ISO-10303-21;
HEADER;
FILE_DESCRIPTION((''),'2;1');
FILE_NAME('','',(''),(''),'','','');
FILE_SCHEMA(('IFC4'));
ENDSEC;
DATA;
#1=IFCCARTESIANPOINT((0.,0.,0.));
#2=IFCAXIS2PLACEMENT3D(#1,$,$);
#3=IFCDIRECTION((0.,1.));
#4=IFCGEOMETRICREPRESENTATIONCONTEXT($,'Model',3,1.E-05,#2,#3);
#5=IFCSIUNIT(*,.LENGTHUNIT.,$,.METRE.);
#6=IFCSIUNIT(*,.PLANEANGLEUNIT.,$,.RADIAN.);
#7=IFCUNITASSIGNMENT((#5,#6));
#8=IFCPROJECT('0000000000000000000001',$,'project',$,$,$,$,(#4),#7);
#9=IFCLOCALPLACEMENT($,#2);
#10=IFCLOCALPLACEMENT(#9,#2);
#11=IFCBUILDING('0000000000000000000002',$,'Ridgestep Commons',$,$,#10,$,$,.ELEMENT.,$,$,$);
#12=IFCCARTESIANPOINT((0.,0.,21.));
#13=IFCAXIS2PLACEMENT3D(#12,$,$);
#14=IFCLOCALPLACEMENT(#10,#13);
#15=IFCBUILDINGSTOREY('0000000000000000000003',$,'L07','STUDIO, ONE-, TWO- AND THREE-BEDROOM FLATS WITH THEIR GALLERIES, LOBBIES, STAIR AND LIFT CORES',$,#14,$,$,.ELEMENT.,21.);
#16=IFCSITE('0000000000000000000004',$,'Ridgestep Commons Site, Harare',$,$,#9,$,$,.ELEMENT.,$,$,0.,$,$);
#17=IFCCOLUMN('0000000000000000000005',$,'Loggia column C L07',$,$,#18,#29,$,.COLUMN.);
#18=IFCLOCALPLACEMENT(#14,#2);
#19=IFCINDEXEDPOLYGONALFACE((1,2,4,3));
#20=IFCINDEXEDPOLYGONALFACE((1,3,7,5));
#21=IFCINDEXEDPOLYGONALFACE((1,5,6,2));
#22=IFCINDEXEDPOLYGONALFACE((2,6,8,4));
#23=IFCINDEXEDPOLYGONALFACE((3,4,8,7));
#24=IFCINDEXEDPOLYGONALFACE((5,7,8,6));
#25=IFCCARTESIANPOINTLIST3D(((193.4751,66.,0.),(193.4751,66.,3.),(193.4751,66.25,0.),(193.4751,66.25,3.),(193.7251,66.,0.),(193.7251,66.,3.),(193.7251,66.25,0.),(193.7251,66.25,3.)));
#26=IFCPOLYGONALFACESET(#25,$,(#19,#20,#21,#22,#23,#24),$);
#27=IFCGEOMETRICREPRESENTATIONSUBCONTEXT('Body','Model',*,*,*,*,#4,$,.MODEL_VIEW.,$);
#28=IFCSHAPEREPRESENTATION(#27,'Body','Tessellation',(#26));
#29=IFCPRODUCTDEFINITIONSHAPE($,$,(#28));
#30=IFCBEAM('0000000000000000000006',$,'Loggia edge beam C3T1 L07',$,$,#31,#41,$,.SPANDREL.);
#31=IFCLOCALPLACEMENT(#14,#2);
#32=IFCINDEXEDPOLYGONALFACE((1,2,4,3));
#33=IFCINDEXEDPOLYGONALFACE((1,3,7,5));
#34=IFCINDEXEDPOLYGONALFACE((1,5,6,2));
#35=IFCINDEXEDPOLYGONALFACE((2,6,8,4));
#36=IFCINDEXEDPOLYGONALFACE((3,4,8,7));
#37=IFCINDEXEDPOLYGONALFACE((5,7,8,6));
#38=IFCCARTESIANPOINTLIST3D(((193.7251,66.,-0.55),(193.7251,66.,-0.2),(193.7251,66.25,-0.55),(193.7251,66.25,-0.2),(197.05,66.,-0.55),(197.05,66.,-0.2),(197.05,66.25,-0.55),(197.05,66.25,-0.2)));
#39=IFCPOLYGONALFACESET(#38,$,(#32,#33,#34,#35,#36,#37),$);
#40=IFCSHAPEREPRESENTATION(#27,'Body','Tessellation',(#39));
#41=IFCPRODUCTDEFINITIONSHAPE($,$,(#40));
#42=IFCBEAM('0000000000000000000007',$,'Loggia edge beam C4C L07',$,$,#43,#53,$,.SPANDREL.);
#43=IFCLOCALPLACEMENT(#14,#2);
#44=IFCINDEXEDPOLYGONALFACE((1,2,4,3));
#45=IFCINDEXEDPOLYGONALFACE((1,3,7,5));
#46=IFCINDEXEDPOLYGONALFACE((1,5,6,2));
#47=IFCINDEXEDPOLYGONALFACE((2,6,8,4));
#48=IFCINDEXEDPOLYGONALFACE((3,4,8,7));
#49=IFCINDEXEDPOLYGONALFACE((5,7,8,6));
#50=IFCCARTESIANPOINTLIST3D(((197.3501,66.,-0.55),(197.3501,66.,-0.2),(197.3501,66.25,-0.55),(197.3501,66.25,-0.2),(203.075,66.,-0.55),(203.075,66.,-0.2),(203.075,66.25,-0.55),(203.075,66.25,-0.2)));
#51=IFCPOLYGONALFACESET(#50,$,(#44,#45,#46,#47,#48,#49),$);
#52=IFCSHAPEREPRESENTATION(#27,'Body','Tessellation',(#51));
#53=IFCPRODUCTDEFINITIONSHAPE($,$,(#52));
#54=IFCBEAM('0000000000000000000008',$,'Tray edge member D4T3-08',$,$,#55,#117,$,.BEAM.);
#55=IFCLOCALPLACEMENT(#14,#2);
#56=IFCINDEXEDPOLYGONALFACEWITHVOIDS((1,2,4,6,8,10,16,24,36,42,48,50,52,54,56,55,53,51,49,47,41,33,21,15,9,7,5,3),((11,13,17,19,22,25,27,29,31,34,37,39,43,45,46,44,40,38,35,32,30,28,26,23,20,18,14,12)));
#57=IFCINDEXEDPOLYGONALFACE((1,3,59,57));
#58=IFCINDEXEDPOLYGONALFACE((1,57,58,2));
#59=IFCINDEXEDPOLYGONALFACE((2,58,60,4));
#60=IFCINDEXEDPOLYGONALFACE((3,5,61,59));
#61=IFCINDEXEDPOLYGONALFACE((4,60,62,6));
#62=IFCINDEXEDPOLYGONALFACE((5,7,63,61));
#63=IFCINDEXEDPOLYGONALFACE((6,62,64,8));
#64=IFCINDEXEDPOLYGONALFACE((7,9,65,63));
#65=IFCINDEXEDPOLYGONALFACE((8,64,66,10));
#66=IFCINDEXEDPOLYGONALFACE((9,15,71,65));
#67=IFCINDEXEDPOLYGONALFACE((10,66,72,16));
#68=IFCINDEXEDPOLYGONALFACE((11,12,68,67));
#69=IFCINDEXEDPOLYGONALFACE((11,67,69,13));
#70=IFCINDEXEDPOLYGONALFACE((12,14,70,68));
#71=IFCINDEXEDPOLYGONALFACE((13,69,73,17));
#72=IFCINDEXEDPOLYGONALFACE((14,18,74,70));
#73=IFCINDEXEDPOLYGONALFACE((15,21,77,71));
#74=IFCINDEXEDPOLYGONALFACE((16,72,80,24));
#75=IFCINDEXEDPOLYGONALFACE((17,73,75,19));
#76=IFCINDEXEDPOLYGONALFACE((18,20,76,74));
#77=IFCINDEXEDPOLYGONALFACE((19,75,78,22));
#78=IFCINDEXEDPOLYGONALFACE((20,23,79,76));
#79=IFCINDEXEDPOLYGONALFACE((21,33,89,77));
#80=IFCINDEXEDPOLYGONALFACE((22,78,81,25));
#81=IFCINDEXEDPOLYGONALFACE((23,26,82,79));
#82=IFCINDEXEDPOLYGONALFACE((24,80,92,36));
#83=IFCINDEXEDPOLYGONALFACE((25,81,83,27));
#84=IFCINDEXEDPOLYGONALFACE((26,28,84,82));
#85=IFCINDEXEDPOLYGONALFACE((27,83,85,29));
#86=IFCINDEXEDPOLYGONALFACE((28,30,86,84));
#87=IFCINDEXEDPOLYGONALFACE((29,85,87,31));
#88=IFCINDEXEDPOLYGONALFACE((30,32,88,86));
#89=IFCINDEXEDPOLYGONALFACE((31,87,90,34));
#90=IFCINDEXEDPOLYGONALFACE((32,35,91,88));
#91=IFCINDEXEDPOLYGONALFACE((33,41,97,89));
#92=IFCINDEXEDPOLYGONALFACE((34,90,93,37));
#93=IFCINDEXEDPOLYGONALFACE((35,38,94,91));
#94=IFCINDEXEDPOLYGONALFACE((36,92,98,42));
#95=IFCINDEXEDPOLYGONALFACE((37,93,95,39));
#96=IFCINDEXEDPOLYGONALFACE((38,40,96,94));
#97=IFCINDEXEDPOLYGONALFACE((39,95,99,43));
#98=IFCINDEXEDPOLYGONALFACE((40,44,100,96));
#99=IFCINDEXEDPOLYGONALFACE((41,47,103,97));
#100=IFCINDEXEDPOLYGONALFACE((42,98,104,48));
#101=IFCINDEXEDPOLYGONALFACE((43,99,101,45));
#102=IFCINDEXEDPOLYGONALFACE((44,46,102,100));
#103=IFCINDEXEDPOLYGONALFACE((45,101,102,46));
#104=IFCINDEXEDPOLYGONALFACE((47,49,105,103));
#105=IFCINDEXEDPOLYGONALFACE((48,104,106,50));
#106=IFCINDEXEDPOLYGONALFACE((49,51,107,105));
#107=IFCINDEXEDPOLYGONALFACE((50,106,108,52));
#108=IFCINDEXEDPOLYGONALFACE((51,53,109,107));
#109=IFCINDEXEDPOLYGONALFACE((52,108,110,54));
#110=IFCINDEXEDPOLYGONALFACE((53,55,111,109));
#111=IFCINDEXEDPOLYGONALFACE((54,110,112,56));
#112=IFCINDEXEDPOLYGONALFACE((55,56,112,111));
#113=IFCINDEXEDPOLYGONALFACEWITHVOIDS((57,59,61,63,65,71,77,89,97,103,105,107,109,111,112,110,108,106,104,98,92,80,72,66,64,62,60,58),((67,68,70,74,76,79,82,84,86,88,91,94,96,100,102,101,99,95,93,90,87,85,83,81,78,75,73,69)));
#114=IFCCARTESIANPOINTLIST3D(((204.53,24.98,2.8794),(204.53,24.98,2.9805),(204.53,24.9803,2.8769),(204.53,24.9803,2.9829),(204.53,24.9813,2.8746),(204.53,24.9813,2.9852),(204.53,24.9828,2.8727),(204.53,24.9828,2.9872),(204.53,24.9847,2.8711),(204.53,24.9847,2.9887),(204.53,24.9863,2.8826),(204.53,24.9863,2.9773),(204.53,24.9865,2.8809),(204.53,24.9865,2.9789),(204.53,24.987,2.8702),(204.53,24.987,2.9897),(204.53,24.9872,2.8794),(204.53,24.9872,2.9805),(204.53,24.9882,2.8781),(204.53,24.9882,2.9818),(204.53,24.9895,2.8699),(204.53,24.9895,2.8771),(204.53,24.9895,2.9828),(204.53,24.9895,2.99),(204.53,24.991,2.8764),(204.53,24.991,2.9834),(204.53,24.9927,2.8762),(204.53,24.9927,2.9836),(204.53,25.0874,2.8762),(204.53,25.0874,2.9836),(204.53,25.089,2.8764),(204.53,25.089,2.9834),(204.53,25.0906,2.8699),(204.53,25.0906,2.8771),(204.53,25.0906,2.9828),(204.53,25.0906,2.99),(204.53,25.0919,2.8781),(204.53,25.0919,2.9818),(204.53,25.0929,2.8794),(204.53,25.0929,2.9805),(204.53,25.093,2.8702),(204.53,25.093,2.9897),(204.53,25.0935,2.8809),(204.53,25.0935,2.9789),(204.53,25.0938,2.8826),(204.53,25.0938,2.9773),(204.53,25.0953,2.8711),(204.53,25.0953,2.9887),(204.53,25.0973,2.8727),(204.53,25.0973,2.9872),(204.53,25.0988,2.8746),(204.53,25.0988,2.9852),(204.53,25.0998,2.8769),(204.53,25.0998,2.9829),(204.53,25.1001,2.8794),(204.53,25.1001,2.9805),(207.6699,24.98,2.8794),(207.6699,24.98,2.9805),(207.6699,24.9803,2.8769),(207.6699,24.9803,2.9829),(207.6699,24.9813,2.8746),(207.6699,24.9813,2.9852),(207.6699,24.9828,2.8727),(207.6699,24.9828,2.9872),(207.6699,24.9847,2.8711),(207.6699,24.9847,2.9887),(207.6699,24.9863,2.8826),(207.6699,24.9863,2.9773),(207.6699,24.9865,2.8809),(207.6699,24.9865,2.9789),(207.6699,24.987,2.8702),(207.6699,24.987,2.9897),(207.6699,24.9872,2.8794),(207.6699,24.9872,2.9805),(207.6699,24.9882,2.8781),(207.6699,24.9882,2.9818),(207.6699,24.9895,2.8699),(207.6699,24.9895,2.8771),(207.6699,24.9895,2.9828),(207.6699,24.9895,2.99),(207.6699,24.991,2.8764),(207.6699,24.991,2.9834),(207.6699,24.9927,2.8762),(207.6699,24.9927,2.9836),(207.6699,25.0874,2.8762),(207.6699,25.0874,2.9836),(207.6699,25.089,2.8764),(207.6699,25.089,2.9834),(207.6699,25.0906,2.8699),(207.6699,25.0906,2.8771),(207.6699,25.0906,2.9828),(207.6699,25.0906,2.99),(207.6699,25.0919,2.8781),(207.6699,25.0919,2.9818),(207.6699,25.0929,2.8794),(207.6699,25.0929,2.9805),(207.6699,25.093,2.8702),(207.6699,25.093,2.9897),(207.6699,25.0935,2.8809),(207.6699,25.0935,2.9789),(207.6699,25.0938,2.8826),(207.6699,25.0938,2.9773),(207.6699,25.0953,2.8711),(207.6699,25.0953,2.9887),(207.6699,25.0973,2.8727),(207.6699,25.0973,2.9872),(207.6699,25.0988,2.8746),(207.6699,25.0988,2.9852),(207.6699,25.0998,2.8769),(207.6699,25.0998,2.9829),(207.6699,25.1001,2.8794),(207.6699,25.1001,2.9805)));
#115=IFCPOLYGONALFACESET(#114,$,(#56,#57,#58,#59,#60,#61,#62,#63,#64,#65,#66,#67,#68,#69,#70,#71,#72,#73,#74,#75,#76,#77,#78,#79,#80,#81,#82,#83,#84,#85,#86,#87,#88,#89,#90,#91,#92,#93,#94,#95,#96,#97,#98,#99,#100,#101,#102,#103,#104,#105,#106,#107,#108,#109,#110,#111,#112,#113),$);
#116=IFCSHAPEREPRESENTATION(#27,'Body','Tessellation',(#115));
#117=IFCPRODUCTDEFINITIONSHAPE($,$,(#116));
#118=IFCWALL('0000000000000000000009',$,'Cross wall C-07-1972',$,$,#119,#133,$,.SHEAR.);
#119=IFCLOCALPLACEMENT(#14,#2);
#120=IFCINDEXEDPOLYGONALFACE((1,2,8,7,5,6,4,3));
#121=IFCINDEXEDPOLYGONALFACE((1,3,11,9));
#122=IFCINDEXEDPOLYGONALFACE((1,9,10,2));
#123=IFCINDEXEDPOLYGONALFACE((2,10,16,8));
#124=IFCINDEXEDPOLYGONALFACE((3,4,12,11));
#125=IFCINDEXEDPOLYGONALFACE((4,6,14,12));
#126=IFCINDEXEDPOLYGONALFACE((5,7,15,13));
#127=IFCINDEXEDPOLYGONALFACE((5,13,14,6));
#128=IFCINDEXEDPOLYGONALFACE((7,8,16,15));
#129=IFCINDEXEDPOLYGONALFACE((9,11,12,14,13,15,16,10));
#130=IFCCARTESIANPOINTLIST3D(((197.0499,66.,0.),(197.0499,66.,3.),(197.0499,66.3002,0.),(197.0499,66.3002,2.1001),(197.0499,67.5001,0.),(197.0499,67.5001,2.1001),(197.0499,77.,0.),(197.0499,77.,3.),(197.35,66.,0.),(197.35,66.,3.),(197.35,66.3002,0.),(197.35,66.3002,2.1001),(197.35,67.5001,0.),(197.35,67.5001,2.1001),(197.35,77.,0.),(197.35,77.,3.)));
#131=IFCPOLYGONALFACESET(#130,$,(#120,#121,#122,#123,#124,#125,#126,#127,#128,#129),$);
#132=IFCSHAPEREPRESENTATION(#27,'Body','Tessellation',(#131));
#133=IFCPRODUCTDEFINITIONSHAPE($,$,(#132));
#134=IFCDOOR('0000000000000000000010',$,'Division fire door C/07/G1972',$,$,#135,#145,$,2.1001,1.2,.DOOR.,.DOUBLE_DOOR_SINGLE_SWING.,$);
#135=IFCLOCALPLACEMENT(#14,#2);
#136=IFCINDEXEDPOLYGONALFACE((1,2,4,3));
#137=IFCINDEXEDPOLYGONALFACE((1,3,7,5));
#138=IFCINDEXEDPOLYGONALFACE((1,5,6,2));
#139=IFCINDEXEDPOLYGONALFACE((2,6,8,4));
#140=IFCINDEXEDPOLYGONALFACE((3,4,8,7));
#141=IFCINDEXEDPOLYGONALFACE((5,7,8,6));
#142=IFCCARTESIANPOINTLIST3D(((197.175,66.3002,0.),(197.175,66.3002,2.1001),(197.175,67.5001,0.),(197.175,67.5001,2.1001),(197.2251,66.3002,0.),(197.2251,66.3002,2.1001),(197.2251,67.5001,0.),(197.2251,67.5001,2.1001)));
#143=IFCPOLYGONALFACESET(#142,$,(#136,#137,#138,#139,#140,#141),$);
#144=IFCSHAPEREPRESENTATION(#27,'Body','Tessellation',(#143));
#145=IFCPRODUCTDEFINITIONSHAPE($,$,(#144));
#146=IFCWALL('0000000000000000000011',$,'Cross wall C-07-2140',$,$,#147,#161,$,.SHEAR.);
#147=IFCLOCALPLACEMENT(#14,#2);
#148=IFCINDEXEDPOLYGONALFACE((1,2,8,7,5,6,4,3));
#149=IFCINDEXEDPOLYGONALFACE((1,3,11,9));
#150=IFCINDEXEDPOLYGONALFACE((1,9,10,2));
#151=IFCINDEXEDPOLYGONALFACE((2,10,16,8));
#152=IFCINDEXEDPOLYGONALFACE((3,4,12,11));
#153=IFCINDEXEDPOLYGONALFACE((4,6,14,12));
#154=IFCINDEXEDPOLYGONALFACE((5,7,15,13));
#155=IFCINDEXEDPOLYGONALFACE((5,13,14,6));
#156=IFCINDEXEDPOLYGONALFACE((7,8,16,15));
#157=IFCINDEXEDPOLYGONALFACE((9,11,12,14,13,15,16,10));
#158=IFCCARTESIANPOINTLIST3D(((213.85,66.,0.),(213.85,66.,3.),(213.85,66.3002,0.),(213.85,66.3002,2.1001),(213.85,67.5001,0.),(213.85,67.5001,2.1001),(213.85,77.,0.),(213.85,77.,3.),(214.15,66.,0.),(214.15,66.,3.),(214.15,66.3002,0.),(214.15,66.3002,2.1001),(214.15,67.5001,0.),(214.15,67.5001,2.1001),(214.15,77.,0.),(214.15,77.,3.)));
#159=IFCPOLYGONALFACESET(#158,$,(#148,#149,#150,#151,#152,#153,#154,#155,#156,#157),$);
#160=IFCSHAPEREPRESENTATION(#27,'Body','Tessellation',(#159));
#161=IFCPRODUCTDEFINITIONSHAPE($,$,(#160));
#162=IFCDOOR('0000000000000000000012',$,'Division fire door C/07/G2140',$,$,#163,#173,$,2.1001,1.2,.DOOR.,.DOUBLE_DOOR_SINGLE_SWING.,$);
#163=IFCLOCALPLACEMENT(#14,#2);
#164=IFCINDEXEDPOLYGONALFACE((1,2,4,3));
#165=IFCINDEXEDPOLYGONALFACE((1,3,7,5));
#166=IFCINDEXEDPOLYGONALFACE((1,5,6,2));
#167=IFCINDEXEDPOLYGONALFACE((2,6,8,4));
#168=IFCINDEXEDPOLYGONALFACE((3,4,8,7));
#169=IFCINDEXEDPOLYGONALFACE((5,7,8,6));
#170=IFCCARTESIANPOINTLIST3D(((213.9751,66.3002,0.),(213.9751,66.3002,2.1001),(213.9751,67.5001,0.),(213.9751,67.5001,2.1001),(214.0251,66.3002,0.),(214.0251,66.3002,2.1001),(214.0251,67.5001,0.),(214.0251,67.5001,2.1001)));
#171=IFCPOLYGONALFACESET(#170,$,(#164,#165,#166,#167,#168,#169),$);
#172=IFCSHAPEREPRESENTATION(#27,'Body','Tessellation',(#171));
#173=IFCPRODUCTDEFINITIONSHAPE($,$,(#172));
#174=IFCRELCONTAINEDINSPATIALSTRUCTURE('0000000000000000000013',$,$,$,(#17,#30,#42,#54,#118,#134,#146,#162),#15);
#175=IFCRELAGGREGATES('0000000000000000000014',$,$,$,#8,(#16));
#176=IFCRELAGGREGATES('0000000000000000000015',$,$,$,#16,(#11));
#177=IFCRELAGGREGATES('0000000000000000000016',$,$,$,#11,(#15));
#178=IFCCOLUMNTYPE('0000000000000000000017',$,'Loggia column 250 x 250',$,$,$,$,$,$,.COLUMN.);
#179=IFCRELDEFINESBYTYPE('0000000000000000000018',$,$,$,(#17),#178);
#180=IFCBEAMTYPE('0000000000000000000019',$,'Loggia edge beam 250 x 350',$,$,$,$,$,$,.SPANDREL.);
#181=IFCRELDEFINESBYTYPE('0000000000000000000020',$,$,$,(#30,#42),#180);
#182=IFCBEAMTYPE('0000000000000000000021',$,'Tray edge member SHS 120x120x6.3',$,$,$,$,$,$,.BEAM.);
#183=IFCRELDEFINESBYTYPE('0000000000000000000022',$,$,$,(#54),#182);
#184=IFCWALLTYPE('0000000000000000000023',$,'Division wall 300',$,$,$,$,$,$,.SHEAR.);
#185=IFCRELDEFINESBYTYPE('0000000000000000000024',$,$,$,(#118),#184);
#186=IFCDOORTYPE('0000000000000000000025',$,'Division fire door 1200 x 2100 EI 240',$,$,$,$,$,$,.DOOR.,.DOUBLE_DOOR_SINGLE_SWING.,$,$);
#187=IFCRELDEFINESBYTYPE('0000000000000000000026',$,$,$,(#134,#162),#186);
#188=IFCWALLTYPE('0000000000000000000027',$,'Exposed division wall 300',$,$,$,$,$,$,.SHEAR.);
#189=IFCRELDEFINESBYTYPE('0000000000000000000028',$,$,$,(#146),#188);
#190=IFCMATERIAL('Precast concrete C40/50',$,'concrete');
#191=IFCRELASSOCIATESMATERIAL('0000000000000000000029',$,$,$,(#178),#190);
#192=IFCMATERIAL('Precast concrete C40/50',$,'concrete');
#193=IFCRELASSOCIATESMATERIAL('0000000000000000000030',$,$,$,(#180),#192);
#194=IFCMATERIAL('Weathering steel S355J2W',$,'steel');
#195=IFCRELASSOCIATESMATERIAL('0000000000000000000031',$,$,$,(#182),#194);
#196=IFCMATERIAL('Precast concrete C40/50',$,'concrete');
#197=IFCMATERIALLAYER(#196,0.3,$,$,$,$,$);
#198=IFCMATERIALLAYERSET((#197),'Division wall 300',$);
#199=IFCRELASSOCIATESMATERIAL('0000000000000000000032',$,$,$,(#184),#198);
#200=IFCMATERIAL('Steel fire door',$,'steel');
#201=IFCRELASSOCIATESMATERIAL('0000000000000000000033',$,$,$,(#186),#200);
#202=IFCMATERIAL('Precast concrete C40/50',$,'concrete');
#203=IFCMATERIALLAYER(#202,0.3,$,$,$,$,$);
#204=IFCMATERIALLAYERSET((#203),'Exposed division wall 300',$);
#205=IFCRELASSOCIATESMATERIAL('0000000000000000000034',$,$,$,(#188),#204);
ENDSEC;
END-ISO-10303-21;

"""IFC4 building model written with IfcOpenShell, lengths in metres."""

from ifc_helpers import new_model, si_unit, direction, frame, frame_2d, origin, origin_2d, place, context, subcontext, project, spatial, rectangle, hollow_rectangle, extrude, material, layer, layer_set, material_profile, profile_set, type_object, element, fill, save


model = new_model("IFC4")

# Units and contexts
model_context = context("Model", 3, precision=1e-05, world=origin(), true_north=direction((0.0, 1.0)))
body_context = subcontext(model_context, "Body", "Model", "MODEL_VIEW")
ifc_project = project(units=[si_unit("LENGTHUNIT", "METRE"), si_unit("PLANEANGLEUNIT", "RADIAN")], contexts=[model_context])

# Site, building, storey
site_placement = place(None, origin())
site = spatial("IfcSite", under=ifc_project, at=site_placement, Name="Ridgestep Commons Site, Harare", CompositionType="ELEMENT", RefElevation=0.0)
building_placement = place(site_placement, origin())
building = spatial("IfcBuilding", under=site, at=building_placement, Name="Ridgestep Commons", CompositionType="ELEMENT")
storey_placement = place(building_placement, frame((0.0, 0.0, 21.0)))
storey = spatial("IfcBuildingStorey", under=building, at=storey_placement, Name="L07", Description="STUDIO, ONE-, TWO- AND THREE-BEDROOM FLATS WITH THEIR GALLERIES, LOBBIES, STAIR AND LIFT CORES", CompositionType="ELEMENT", Elevation=21.0)

# Column
ifc_material_1 = material(Name="Precast concrete C40/50", Category="concrete")
ifc_material_profile_1 = material_profile(ifc_material_1, rectangle(XDim=0.25, YDim=0.25, at=origin_2d()), Name="PC 250x250")
ifc_profile_set_1 = profile_set([ifc_material_profile_1], Name="Precast concrete C40/50")
column_type = type_object("IfcColumnType", Name="Loggia column 250 x 250", PredefinedType="COLUMN", material=ifc_profile_set_1)
column_placement = place(storey_placement, frame((193.6001, 66.125, 0.0), z_axis=(0.0, 0.0, 1.0), x_axis=(1.0, 0.0, 0.0)))
element("IfcColumn", 1, at=column_placement, inside=storey, type_object=column_type, Name="Loggia column C L07", PredefinedType="COLUMN", context=body_context, shape_type="SweptSolid", body=[
    extrude(rectangle(XDim=0.25, YDim=0.25, at=origin_2d()), origin(), (0.0, 0.0, 1.0), 3.0),
])

# Beams
ifc_material_2 = material(Name="Precast concrete C40/50", Category="concrete")
ifc_material_profile_2 = material_profile(ifc_material_2, rectangle(XDim=0.25, YDim=0.3501, at=origin_2d()), Name="PC 250x350")
ifc_profile_set_2 = profile_set([ifc_material_profile_2], Name="Precast concrete C40/50")
beam_type_1 = type_object("IfcBeamType", Name="Loggia edge beam 250 x 350", PredefinedType="SPANDREL", material=ifc_profile_set_2)
beam_1_placement = place(storey_placement, frame((193.7251, 66.125, -0.375), z_axis=(1.0, 0.0, 0.0), x_axis=(0.0, 1.0, 0.0)))
element("IfcBeam", 2, at=beam_1_placement, inside=storey, type_object=beam_type_1, Name="Loggia edge beam C3T1 L07", PredefinedType="SPANDREL", context=body_context, shape_type="SweptSolid", body=[
    extrude(rectangle(XDim=0.25, YDim=0.3501, at=origin_2d()), origin(), (0.0, 0.0, 1.0), 3.325),
])
beam_2_placement = place(storey_placement, frame((197.3501, 66.125, -0.375), z_axis=(1.0, 0.0, 0.0), x_axis=(0.0, 1.0, 0.0)))
element("IfcBeam", 3, at=beam_2_placement, inside=storey, type_object=beam_type_1, Name="Loggia edge beam C4C L07", PredefinedType="SPANDREL", context=body_context, shape_type="SweptSolid", body=[
    extrude(rectangle(XDim=0.25, YDim=0.3501, at=origin_2d()), origin(), (0.0, 0.0, 1.0), 5.7249),
])
ifc_material_3 = material(Name="Weathering steel S355J2W", Category="steel")
ifc_material_profile_3 = material_profile(ifc_material_3, hollow_rectangle(XDim=0.1201, YDim=0.1201, WallThickness=0.0063, InnerFilletRadius=0.0063, OuterFilletRadius=0.0095, at=origin_2d()), Name="SHS 120x120x6.3")
ifc_profile_set_3 = profile_set([ifc_material_profile_3], Name="Weathering steel S355J2W")
beam_type_2 = type_object("IfcBeamType", Name="Tray edge member SHS 120x120x6.3", PredefinedType="BEAM", material=ifc_profile_set_3)
beam_3_placement = place(storey_placement, frame((204.53, 25.04, 2.9299), z_axis=(1.0, 0.0, 0.0), x_axis=(0.0, 0.0, 1.0)))
element("IfcBeam", 4, at=beam_3_placement, inside=storey, type_object=beam_type_2, Name="Tray edge member D4T3-08", PredefinedType="BEAM", context=body_context, shape_type="SweptSolid", body=[
    extrude(hollow_rectangle(XDim=0.1201, YDim=0.1201, WallThickness=0.0063, InnerFilletRadius=0.0063, OuterFilletRadius=0.0095, at=origin_2d()), origin(), (0.0, 0.0, 1.0), 3.1399),
])

# Walls, openings, doors
ifc_material_4 = material(Name="Precast concrete C40/50", Category="concrete")
ifc_layer_1 = layer(ifc_material_4, 0.3)
ifc_layer_set_1 = layer_set([ifc_layer_1], Name="Division wall 300")
wall_type_1 = type_object("IfcWallType", Name="Division wall 300", PredefinedType="SHEAR", material=ifc_layer_set_1)
wall_1_placement = place(storey_placement, frame((197.2, 66.0, 0.0), z_axis=(0.0, 0.0, 1.0), x_axis=(0.0, 1.0, 0.0)))
wall_1 = element("IfcWall", 5, at=wall_1_placement, inside=storey, type_object=wall_type_1, Name="Cross wall C-07-1972", PredefinedType="SHEAR", context=body_context, shape_type="SweptSolid", body=[
    extrude(rectangle(XDim=11.0, YDim=0.3, at=frame_2d((5.5, 0.0))), origin(), (0.0, 0.0, 1.0), 3.0),
])
opening_1_placement = place(wall_1_placement, frame((0.3, 0.0, 0.0)))
opening_1 = element("IfcOpeningElement", 6, at=opening_1_placement, cuts=wall_1, PredefinedType="OPENING", context=body_context, shape_type="SweptSolid", body=[
    extrude(rectangle(XDim=1.2, YDim=2.1001, at=frame_2d((0.6001, 1.05))), frame((0.0, 0.1599, 0.0), z_axis=(0.0, -1.0, 0.0), x_axis=(1.0, 0.0, 0.0)), (0.0, 0.0, 1.0), 0.3201),
])
ifc_material_5 = material(Name="Steel fire door", Category="steel")
door_type = type_object("IfcDoorType", Name="Division fire door 1200 x 2100 EI 240", OperationType="DOUBLE_DOOR_SINGLE_SWING", PredefinedType="DOOR", material=ifc_material_5)
door_1_placement = place(opening_1_placement, origin())
door_1 = element("IfcDoor", 7, at=door_1_placement, inside=storey, type_object=door_type, Name="Division fire door C/07/G1972", OperationType="DOUBLE_DOOR_SINGLE_SWING", OverallHeight=2.1001, OverallWidth=1.2, PredefinedType="DOOR", context=body_context, shape_type="SweptSolid", body=[
    extrude(rectangle(XDim=1.2, YDim=2.1001, at=frame_2d((0.6001, 1.05))), frame((0.0, 0.0249, 0.0), z_axis=(0.0, -1.0, 0.0), x_axis=(1.0, 0.0, 0.0)), (0.0, 0.0, 1.0), 0.05),
])
fill(opening_1, door_1)
ifc_material_6 = material(Name="Precast concrete C40/50", Category="concrete")
ifc_layer_2 = layer(ifc_material_6, 0.3)
ifc_layer_set_2 = layer_set([ifc_layer_2], Name="Exposed division wall 300")
wall_type_2 = type_object("IfcWallType", Name="Exposed division wall 300", PredefinedType="SHEAR", material=ifc_layer_set_2)
wall_2_placement = place(storey_placement, frame((214.0, 66.0, 0.0), z_axis=(0.0, 0.0, 1.0), x_axis=(0.0, 1.0, 0.0)))
wall_2 = element("IfcWall", 8, at=wall_2_placement, inside=storey, type_object=wall_type_2, Name="Cross wall C-07-2140", PredefinedType="SHEAR", context=body_context, shape_type="SweptSolid", body=[
    extrude(rectangle(XDim=11.0, YDim=0.3, at=frame_2d((5.5, 0.0))), origin(), (0.0, 0.0, 1.0), 3.0),
])
opening_2_placement = place(wall_2_placement, frame((0.3, 0.0, 0.0)))
opening_2 = element("IfcOpeningElement", 9, at=opening_2_placement, cuts=wall_2, PredefinedType="OPENING", context=body_context, shape_type="SweptSolid", body=[
    extrude(rectangle(XDim=1.2, YDim=2.1001, at=frame_2d((0.6001, 1.05))), frame((0.0, 0.1599, 0.0), z_axis=(0.0, -1.0, 0.0), x_axis=(1.0, 0.0, 0.0)), (0.0, 0.0, 1.0), 0.3201),
])
door_2_placement = place(opening_2_placement, origin())
door_2 = element("IfcDoor", 10, at=door_2_placement, inside=storey, type_object=door_type, Name="Division fire door C/07/G2140", OperationType="DOUBLE_DOOR_SINGLE_SWING", OverallHeight=2.1001, OverallWidth=1.2, PredefinedType="DOOR", context=body_context, shape_type="SweptSolid", body=[
    extrude(rectangle(XDim=1.2, YDim=2.1001, at=frame_2d((0.6001, 1.05))), frame((0.0, 0.0249, 0.0), z_axis=(0.0, -1.0, 0.0), x_axis=(1.0, 0.0, 0.0)), (0.0, 0.0, 1.0), 0.05),
])
fill(opening_2, door_2)

save(model, "model.ifc")
